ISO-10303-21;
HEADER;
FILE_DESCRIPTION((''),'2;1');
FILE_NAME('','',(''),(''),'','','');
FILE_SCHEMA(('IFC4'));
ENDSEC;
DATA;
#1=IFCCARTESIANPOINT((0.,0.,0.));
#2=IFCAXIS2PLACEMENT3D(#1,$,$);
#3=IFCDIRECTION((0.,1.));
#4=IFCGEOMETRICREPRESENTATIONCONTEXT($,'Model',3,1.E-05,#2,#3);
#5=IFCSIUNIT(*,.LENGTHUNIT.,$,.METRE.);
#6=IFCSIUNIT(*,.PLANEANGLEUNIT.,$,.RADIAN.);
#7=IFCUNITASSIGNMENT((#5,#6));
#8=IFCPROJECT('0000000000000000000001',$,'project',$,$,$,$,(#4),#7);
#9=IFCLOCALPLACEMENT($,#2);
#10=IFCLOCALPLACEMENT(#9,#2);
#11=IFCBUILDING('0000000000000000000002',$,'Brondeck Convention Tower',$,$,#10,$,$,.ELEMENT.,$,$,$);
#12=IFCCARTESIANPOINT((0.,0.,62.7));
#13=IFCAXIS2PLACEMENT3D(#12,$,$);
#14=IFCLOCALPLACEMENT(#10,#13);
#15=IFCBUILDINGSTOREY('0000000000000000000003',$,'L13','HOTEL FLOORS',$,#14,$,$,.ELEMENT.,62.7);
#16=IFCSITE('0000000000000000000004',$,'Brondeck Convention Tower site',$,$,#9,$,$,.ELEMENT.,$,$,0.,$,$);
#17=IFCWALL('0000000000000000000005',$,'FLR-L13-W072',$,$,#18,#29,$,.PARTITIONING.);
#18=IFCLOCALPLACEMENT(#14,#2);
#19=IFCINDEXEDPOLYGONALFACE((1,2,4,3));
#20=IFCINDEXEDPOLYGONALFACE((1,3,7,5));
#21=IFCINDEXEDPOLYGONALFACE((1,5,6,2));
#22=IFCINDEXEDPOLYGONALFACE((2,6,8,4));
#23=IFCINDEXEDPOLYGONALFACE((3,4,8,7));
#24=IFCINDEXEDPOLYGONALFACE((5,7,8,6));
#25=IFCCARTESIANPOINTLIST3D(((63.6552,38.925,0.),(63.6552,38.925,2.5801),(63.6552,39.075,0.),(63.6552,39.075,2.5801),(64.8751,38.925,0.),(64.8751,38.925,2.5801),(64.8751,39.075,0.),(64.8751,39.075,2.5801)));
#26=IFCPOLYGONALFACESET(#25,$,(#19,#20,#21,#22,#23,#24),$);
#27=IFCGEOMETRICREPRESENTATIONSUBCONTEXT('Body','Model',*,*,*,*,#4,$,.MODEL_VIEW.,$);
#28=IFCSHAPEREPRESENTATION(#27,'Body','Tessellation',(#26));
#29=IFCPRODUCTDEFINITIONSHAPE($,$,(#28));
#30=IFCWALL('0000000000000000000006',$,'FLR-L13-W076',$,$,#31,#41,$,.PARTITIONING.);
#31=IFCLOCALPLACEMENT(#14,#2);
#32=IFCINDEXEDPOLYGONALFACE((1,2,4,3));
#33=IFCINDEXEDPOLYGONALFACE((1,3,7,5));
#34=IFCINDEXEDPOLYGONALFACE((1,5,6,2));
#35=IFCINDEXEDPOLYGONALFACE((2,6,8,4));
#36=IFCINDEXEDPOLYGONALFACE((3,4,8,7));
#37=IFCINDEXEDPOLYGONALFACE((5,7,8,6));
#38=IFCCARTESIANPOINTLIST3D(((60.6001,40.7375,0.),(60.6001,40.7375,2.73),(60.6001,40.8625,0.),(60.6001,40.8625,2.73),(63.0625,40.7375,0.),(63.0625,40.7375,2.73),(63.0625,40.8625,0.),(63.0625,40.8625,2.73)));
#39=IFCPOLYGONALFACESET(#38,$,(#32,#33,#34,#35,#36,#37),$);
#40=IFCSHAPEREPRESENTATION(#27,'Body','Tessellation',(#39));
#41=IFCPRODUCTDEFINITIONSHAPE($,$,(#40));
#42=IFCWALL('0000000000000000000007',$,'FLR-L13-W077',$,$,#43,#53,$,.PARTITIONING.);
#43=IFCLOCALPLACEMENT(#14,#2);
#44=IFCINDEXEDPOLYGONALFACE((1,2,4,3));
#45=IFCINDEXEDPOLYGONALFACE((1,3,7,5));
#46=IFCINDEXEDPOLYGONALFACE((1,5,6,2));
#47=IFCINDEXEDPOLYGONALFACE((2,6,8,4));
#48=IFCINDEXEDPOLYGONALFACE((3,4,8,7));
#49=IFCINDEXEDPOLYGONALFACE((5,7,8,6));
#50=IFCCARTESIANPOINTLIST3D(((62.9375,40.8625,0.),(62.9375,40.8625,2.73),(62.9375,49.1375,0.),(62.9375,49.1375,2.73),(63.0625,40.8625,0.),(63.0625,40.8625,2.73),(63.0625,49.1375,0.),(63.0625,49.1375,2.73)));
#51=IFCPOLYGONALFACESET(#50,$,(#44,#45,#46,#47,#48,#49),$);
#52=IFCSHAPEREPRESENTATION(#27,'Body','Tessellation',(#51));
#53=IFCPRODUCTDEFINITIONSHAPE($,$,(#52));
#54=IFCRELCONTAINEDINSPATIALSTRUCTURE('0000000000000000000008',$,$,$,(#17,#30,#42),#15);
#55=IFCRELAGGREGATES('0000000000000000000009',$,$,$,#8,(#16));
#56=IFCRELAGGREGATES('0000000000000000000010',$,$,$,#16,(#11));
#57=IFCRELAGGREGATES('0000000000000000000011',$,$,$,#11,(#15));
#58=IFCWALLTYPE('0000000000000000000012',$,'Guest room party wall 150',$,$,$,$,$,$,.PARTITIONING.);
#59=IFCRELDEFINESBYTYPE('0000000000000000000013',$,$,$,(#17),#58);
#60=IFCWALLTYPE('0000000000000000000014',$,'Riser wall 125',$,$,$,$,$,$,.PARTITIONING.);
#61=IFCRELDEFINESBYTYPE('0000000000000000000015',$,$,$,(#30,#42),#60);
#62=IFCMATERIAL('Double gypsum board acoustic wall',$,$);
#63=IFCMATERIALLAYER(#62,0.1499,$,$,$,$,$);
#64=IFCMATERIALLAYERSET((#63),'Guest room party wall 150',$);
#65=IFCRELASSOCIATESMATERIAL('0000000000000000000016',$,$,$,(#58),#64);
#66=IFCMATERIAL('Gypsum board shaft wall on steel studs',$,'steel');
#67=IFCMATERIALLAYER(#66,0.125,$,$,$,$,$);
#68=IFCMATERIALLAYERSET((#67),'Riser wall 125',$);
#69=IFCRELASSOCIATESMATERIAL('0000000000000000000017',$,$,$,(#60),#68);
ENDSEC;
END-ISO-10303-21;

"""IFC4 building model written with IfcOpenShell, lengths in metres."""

from ifc_helpers import new_model, si_unit, direction, frame, frame_2d, origin, place, context, subcontext, project, spatial, rectangle, extrude, material, layer, layer_set, type_object, element, save


model = new_model("IFC4")

# Units and contexts
model_context = context("Model", 3, precision=1e-05, world=origin(), true_north=direction((0.0, 1.0)))
body_context = subcontext(model_context, "Body", "Model", "MODEL_VIEW")
ifc_project = project(units=[si_unit("LENGTHUNIT", "METRE"), si_unit("PLANEANGLEUNIT", "RADIAN")], contexts=[model_context])

# Site, building, storey
site_placement = place(None, origin())
site = spatial("IfcSite", under=ifc_project, at=site_placement, Name="Brondeck Convention Tower site", CompositionType="ELEMENT", RefElevation=0.0)
building_placement = place(site_placement, origin())
building = spatial("IfcBuilding", under=site, at=building_placement, Name="Brondeck Convention Tower", CompositionType="ELEMENT")
storey_placement = place(building_placement, frame((0.0, 0.0, 62.7)))
storey = spatial("IfcBuildingStorey", under=building, at=storey_placement, Name="L13", Description="HOTEL FLOORS", CompositionType="ELEMENT", Elevation=62.7)

# Shared definitions
ifc_material_1 = material(Name="Double gypsum board acoustic wall")
ifc_layer_1 = layer(ifc_material_1, 0.1499)
ifc_layer_set_1 = layer_set([ifc_layer_1], Name="Guest room party wall 150")
wall_type_1 = type_object("IfcWallType", Name="Guest room party wall 150", PredefinedType="PARTITIONING", material=ifc_layer_set_1)

# Walls
wall_1_placement = place(storey_placement, frame((64.875, 39.0, 0.0), z_axis=(0.0, 0.0, 1.0), x_axis=(-1.0, 0.0, 0.0)))
element("IfcWall", 1, at=wall_1_placement, inside=storey, type_object=wall_type_1, Name="FLR-L13-W072", PredefinedType="PARTITIONING", context=body_context, shape_type="SweptSolid", body=[
    extrude(rectangle(XDim=1.22, YDim=0.1499, at=frame_2d((0.6099, 0.0))), origin(), (0.0, 0.0, 1.0), 2.5801),
])
ifc_material_2 = material(Name="Gypsum board shaft wall on steel studs", Category="steel")
ifc_layer_2 = layer(ifc_material_2, 0.125)
ifc_layer_set_2 = layer_set([ifc_layer_2], Name="Riser wall 125")
wall_type_2 = type_object("IfcWallType", Name="Riser wall 125", PredefinedType="PARTITIONING", material=ifc_layer_set_2)
wall_2_placement = place(storey_placement, frame((60.6001, 40.8, 0.0), z_axis=(0.0, 0.0, 1.0), x_axis=(1.0, 0.0, 0.0)))
element("IfcWall", 2, at=wall_2_placement, inside=storey, type_object=wall_type_2, Name="FLR-L13-W076", PredefinedType="PARTITIONING", context=body_context, shape_type="SweptSolid", body=[
    extrude(rectangle(XDim=2.4624, YDim=0.125, at=frame_2d((1.2312, 0.0))), origin(), (0.0, 0.0, 1.0), 2.73),
])
wall_3_placement = place(storey_placement, frame((63.0, 40.8625, 0.0), z_axis=(0.0, 0.0, 1.0), x_axis=(0.0, 1.0, 0.0)))
element("IfcWall", 3, at=wall_3_placement, inside=storey, type_object=wall_type_2, Name="FLR-L13-W077", PredefinedType="PARTITIONING", context=body_context, shape_type="SweptSolid", body=[
    extrude(rectangle(XDim=8.2749, YDim=0.125, at=frame_2d((4.1375, 0.0))), origin(), (0.0, 0.0, 1.0), 2.73),
])

save(model, "model.ifc")
